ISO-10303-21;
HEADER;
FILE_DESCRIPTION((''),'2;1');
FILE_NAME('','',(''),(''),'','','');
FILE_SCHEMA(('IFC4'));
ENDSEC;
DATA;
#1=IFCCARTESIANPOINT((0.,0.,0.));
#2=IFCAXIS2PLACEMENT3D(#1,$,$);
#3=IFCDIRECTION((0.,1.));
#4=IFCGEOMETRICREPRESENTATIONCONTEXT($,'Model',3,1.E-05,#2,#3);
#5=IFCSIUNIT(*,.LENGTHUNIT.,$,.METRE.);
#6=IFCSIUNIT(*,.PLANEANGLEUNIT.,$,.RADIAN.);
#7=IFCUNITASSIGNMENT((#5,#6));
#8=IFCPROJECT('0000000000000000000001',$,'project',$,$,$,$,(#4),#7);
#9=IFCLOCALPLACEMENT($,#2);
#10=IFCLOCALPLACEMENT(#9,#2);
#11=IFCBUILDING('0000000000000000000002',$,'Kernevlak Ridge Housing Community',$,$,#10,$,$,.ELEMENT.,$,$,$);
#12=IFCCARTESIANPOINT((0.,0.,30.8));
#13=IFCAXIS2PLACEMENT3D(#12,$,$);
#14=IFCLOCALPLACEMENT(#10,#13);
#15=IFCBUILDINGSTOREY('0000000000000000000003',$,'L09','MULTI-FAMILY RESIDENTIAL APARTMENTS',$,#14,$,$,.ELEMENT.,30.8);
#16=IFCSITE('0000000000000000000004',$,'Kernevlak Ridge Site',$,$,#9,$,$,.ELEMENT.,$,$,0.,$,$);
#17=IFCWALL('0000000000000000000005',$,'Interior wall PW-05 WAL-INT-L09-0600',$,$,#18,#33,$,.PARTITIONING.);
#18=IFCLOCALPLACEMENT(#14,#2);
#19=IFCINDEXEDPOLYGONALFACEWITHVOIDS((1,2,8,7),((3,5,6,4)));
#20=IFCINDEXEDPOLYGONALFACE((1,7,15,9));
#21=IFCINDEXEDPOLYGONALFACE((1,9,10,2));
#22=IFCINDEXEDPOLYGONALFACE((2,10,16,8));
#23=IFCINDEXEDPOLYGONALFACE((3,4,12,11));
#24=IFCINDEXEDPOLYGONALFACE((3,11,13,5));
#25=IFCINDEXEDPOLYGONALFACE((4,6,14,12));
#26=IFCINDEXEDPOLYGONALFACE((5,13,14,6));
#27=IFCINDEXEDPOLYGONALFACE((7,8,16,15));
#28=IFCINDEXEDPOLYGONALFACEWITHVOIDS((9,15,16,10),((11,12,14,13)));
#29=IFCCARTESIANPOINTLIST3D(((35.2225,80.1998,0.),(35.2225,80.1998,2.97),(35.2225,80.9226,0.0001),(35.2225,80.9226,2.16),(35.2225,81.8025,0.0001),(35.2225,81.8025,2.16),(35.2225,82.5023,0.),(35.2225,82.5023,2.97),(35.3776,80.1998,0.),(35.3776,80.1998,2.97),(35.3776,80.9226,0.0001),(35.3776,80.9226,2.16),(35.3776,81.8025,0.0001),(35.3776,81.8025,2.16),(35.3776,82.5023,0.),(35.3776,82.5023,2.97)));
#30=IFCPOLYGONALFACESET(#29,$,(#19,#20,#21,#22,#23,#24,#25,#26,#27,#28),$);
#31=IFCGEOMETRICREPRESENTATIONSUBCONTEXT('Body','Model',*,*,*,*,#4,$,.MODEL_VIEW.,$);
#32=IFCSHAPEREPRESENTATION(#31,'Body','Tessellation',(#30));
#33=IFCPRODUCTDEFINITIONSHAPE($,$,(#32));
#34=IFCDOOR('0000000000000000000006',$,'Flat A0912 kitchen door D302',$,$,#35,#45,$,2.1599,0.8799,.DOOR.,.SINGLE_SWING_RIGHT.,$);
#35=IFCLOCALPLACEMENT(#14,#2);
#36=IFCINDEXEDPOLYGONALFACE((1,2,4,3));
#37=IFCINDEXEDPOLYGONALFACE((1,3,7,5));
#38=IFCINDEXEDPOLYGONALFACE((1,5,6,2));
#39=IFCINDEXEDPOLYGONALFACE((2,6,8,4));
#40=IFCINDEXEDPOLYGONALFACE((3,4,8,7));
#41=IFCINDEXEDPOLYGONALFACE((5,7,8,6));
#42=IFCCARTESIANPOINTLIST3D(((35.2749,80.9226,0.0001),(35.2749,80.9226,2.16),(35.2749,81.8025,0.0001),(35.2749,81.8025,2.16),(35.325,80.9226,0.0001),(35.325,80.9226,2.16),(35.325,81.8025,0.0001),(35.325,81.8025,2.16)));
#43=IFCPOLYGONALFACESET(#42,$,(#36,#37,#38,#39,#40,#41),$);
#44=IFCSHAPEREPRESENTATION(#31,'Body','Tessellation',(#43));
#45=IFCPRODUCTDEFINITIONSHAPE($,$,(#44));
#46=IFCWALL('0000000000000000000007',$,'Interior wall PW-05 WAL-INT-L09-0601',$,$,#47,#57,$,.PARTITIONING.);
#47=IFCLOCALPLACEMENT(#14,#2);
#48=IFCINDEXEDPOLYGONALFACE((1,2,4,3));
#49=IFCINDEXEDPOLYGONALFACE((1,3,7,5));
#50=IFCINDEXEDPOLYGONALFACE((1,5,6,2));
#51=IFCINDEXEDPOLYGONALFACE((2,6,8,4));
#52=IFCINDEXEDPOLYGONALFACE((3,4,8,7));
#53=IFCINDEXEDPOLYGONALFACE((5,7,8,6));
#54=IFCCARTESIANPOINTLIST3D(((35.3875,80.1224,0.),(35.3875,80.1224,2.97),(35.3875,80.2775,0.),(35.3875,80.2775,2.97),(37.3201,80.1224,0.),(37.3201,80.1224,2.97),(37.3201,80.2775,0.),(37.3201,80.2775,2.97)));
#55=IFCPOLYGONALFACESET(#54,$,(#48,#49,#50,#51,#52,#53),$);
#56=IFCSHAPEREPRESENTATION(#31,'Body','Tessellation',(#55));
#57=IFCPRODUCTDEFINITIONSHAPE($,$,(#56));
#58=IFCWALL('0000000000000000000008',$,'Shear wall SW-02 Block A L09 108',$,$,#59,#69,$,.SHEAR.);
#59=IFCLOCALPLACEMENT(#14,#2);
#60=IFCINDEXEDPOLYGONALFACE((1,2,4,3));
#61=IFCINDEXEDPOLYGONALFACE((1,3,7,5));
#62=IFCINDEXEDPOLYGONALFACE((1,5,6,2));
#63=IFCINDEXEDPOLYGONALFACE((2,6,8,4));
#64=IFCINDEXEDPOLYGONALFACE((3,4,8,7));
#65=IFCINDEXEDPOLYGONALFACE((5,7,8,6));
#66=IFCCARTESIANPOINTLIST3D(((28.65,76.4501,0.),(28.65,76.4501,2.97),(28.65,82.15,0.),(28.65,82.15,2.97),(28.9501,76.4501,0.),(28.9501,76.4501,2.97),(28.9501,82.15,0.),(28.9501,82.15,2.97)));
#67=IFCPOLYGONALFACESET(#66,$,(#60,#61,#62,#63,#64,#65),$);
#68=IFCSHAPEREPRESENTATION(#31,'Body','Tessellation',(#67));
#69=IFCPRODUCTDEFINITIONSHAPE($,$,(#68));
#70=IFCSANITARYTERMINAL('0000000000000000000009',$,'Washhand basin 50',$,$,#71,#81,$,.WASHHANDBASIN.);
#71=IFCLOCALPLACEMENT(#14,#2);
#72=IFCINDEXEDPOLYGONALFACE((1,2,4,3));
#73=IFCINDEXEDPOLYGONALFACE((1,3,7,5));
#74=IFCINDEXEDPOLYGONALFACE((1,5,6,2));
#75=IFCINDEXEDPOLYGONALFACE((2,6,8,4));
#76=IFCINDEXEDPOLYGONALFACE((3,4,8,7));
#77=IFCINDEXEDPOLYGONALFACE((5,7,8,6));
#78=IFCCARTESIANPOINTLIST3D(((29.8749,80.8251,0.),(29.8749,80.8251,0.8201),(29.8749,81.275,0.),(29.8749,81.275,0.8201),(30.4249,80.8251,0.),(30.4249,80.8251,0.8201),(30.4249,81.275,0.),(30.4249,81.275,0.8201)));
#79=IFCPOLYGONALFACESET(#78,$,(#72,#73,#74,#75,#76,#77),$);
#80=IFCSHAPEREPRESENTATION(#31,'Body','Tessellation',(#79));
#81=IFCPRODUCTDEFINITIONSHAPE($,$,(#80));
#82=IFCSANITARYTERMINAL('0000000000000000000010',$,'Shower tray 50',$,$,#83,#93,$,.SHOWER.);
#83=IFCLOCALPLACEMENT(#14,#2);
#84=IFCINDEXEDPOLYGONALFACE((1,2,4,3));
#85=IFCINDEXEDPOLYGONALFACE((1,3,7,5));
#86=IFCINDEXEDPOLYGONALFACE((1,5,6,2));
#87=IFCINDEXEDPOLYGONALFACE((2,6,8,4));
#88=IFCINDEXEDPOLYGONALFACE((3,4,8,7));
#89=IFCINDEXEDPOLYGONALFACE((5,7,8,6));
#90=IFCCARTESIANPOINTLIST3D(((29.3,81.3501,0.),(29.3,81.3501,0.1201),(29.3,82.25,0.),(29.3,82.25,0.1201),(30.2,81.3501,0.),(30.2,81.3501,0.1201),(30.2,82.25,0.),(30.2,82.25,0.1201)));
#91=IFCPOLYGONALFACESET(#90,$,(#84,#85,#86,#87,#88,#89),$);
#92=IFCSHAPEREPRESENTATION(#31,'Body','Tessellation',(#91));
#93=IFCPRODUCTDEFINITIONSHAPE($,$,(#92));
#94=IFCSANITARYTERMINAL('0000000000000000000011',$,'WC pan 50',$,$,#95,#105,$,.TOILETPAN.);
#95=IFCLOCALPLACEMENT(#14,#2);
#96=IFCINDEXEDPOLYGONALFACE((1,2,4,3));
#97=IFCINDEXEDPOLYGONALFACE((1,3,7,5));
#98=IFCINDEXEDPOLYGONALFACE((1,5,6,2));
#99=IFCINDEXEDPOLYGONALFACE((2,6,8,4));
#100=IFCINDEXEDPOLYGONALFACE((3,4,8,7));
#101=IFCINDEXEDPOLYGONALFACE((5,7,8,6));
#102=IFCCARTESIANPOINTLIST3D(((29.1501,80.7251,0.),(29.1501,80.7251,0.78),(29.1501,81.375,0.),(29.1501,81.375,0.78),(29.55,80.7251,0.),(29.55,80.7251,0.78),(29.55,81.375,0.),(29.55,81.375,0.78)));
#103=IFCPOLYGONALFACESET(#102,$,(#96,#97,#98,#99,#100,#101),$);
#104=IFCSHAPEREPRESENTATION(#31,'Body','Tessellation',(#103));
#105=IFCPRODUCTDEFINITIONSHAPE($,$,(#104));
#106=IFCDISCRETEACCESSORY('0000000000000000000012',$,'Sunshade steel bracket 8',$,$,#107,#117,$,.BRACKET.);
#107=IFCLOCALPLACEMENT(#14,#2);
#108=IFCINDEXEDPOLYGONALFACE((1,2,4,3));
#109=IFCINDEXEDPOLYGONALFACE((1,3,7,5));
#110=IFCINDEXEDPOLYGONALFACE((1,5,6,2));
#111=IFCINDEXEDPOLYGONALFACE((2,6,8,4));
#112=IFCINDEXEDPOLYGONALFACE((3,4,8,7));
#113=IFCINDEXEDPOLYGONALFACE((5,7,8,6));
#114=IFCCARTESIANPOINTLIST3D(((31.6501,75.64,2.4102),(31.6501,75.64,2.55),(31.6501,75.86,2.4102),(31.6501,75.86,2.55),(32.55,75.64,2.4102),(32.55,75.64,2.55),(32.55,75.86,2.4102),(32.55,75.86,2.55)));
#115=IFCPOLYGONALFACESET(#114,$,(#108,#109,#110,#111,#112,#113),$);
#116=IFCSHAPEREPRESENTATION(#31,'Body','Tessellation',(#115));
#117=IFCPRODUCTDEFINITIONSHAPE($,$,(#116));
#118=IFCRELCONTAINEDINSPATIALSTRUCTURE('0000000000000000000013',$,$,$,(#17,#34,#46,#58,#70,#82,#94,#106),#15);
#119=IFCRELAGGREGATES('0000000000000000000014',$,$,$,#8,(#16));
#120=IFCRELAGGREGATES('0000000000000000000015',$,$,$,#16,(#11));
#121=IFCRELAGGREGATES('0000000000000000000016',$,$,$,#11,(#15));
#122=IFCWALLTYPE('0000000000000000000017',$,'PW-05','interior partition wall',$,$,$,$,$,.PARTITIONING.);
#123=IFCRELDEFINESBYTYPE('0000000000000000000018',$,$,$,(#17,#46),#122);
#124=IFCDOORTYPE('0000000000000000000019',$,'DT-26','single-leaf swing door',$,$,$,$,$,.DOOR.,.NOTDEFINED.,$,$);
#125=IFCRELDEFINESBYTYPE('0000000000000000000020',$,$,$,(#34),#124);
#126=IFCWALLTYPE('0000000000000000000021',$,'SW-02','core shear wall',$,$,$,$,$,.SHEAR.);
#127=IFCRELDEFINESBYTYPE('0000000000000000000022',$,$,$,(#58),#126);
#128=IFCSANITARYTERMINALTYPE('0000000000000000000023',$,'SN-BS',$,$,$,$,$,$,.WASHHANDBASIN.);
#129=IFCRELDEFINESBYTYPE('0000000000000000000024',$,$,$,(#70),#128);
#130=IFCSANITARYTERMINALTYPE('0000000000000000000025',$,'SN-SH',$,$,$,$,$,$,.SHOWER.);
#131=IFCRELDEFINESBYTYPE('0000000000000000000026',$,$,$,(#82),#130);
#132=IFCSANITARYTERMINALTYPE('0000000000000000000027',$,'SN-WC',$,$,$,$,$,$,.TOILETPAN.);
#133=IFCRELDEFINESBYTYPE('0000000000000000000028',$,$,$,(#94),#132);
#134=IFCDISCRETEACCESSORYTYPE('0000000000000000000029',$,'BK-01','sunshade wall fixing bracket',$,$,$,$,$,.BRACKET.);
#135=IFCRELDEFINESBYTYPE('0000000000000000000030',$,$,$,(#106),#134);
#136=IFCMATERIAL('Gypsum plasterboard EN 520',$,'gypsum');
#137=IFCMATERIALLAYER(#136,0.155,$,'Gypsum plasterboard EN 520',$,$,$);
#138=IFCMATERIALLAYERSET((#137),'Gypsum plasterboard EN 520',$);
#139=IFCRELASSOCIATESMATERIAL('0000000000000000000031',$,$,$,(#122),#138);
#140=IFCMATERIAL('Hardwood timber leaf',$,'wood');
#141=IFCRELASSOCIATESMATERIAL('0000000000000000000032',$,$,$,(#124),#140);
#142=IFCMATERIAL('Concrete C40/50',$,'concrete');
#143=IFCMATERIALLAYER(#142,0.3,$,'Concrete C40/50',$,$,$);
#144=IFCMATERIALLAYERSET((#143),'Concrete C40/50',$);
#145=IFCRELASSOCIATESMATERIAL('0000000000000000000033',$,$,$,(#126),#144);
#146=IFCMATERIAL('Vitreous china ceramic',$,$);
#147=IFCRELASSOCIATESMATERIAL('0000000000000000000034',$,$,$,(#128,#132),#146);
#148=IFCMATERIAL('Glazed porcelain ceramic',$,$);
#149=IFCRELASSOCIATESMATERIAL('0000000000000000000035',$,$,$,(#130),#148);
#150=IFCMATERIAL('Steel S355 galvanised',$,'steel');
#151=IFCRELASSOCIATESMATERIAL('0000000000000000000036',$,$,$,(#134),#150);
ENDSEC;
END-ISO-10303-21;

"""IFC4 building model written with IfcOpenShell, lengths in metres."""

from ifc_helpers import new_model, si_unit, direction, frame, frame_2d, origin, origin_2d, place, context, subcontext, project, spatial, rectangle, extrude, material, layer, layer_set, type_object, element, fill, save


model = new_model("IFC4")

# Units and contexts
model_context = context("Model", 3, precision=1e-05, world=origin(), true_north=direction((0.0, 1.0)))
body_context = subcontext(model_context, "Body", "Model", "MODEL_VIEW")
ifc_project = project(units=[si_unit("LENGTHUNIT", "METRE"), si_unit("PLANEANGLEUNIT", "RADIAN")], contexts=[model_context])

# Site, building, storey
site_placement = place(None, origin())
site = spatial("IfcSite", under=ifc_project, at=site_placement, Name="Kernevlak Ridge Site", CompositionType="ELEMENT", RefElevation=0.0)
building_placement = place(site_placement, origin())
building = spatial("IfcBuilding", under=site, at=building_placement, Name="Kernevlak Ridge Housing Community", CompositionType="ELEMENT")
storey_placement = place(building_placement, frame((0.0, 0.0, 30.8)))
storey = spatial("IfcBuildingStorey", under=building, at=storey_placement, Name="L09", Description="MULTI-FAMILY RESIDENTIAL APARTMENTS", CompositionType="ELEMENT", Elevation=30.8)

# Shared definitions
ifc_material_1 = material(Name="Concrete C40/50", Category="concrete")

# Shared definitions
ifc_material_2 = material(Name="Hardwood timber leaf", Category="wood")

# Shared definitions
ifc_material_3 = material(Name="Gypsum plasterboard EN 520", Category="gypsum")

# Shared definitions
ifc_layer_1 = layer(ifc_material_3, 0.155, Name="Gypsum plasterboard EN 520")
ifc_layer_set_1 = layer_set([ifc_layer_1], Name="Gypsum plasterboard EN 520")
wall_type_1 = type_object("IfcWallType", Name="PW-05", Description="interior partition wall", PredefinedType="PARTITIONING", material=ifc_layer_set_1)

# Wall, opening, door
wall_1_placement = place(storey_placement, frame((35.3, 82.5024, 0.0), z_axis=(0.0, 0.0, 1.0), x_axis=(0.0, -1.0, 0.0)))
wall_1 = element("IfcWall", 1, at=wall_1_placement, inside=storey, type_object=wall_type_1, Name="Interior wall PW-05 WAL-INT-L09-0600", PredefinedType="PARTITIONING", context=body_context, shape_type="SweptSolid", body=[
    extrude(rectangle(XDim=2.3025, YDim=0.155, at=frame_2d((1.1514, 0.0))), origin(), (0.0, 0.0, 1.0), 2.97),
])
opening_1_placement = place(wall_1_placement, frame((0.7, 0.0, 0.0)))
opening_1 = element("IfcOpeningElement", 2, at=opening_1_placement, cuts=wall_1, PredefinedType="OPENING", context=body_context, shape_type="SweptSolid", body=[
    extrude(rectangle(XDim=0.8799, YDim=2.1599, at=frame_2d((0.4399, 1.0801))), frame((0.0, 0.0874, 0.0), z_axis=(0.0, -1.0, 0.0), x_axis=(1.0, 0.0, 0.0)), (0.0, 0.0, 1.0), 0.175),
])
door_type_1 = type_object("IfcDoorType", Name="DT-26", Description="single-leaf swing door", OperationType="NOTDEFINED", PredefinedType="DOOR", material=ifc_material_2)
door_1_placement = place(opening_1_placement, origin())
door_1 = element("IfcDoor", 3, at=door_1_placement, inside=storey, type_object=door_type_1, Name="Flat A0912 kitchen door D302", OperationType="SINGLE_SWING_RIGHT", OverallHeight=2.1599, OverallWidth=0.8799, PredefinedType="DOOR", context=body_context, shape_type="SweptSolid", body=[
    extrude(rectangle(XDim=0.8799, YDim=2.1599, at=frame_2d((0.4399, 1.0801))), frame((0.0, 0.0249, 0.0), z_axis=(0.0, -1.0, 0.0), x_axis=(1.0, 0.0, 0.0)), (0.0, 0.0, 1.0), 0.05),
])
fill(opening_1, door_1)

# Walls
wall_2_placement = place(storey_placement, frame((35.3875, 80.2, 0.0), z_axis=(0.0, 0.0, 1.0), x_axis=(1.0, 0.0, 0.0)))
element("IfcWall", 4, at=wall_2_placement, inside=storey, type_object=wall_type_1, Name="Interior wall PW-05 WAL-INT-L09-0601", PredefinedType="PARTITIONING", context=body_context, shape_type="SweptSolid", body=[
    extrude(rectangle(XDim=1.9326, YDim=0.155, at=frame_2d((0.9663, 0.0))), origin(), (0.0, 0.0, 1.0), 2.97),
])
ifc_layer_2 = layer(ifc_material_1, 0.3, Name="Concrete C40/50")
ifc_layer_set_2 = layer_set([ifc_layer_2], Name="Concrete C40/50")
wall_type_2 = type_object("IfcWallType", Name="SW-02", Description="core shear wall", PredefinedType="SHEAR", material=ifc_layer_set_2)
wall_3_placement = place(storey_placement, frame((28.8, 76.45, 0.0), z_axis=(0.0, 0.0, 1.0), x_axis=(0.0, 1.0, 0.0)))
element("IfcWall", 5, at=wall_3_placement, inside=storey, type_object=wall_type_2, Name="Shear wall SW-02 Block A L09 108", PredefinedType="SHEAR", context=body_context, shape_type="SweptSolid", body=[
    extrude(rectangle(XDim=5.7, YDim=0.3, at=frame_2d((2.8501, 0.0))), origin(), (0.0, 0.0, 1.0), 2.97),
])

# Sanitary terminals
ifc_material_4 = material(Name="Vitreous china ceramic")
sanitary_terminal_type_1 = type_object("IfcSanitaryTerminalType", Name="SN-BS", PredefinedType="WASHHANDBASIN", material=ifc_material_4)
sanitary_terminal_1_placement = place(storey_placement, frame((30.1499, 81.05, 0.0), z_axis=(0.0, 0.0, 1.0), x_axis=(1.0, 0.0, 0.0)))
element("IfcSanitaryTerminal", 6, at=sanitary_terminal_1_placement, inside=storey, type_object=sanitary_terminal_type_1, Name="Washhand basin 50", PredefinedType="WASHHANDBASIN", context=body_context, shape_type="SweptSolid", body=[
    extrude(rectangle(XDim=0.55, YDim=0.45, at=origin_2d()), origin(), (0.0, 0.0, 1.0), 0.8201),
])
ifc_material_5 = material(Name="Glazed porcelain ceramic")
sanitary_terminal_type_2 = type_object("IfcSanitaryTerminalType", Name="SN-SH", PredefinedType="SHOWER", material=ifc_material_5)
sanitary_terminal_2_placement = place(storey_placement, frame((29.75, 81.8, 0.0), z_axis=(0.0, 0.0, 1.0), x_axis=(1.0, 0.0, 0.0)))
element("IfcSanitaryTerminal", 7, at=sanitary_terminal_2_placement, inside=storey, type_object=sanitary_terminal_type_2, Name="Shower tray 50", PredefinedType="SHOWER", context=body_context, shape_type="SweptSolid", body=[
    extrude(rectangle(XDim=0.8999, YDim=0.8999, at=origin_2d()), origin(), (0.0, 0.0, 1.0), 0.1201),
])
sanitary_terminal_type_3 = type_object("IfcSanitaryTerminalType", Name="SN-WC", PredefinedType="TOILETPAN", material=ifc_material_4)
sanitary_terminal_3_placement = place(storey_placement, frame((29.3501, 81.05, 0.0), z_axis=(0.0, 0.0, 1.0), x_axis=(1.0, 0.0, 0.0)))
element("IfcSanitaryTerminal", 8, at=sanitary_terminal_3_placement, inside=storey, type_object=sanitary_terminal_type_3, Name="WC pan 50", PredefinedType="TOILETPAN", context=body_context, shape_type="SweptSolid", body=[
    extrude(rectangle(XDim=0.3999, YDim=0.6499, at=origin_2d()), origin(), (0.0, 0.0, 1.0), 0.78),
])

# Discrete accessory
ifc_material_6 = material(Name="Steel S355 galvanised", Category="steel")
discrete_accessory_type = type_object("IfcDiscreteAccessoryType", Name="BK-01", Description="sunshade wall fixing bracket", PredefinedType="BRACKET", material=ifc_material_6)
discrete_accessory_placement = place(storey_placement, frame((32.1001, 75.75, 2.4102), z_axis=(0.0, 0.0, 1.0), x_axis=(1.0, 0.0, 0.0)))
element("IfcDiscreteAccessory", 9, at=discrete_accessory_placement, inside=storey, type_object=discrete_accessory_type, Name="Sunshade steel bracket 8", PredefinedType="BRACKET", context=body_context, shape_type="SweptSolid", body=[
    extrude(rectangle(XDim=0.8999, YDim=0.22, at=origin_2d()), origin(), (0.0, 0.0, 1.0), 0.1399),
])

save(model, "model.ifc")
